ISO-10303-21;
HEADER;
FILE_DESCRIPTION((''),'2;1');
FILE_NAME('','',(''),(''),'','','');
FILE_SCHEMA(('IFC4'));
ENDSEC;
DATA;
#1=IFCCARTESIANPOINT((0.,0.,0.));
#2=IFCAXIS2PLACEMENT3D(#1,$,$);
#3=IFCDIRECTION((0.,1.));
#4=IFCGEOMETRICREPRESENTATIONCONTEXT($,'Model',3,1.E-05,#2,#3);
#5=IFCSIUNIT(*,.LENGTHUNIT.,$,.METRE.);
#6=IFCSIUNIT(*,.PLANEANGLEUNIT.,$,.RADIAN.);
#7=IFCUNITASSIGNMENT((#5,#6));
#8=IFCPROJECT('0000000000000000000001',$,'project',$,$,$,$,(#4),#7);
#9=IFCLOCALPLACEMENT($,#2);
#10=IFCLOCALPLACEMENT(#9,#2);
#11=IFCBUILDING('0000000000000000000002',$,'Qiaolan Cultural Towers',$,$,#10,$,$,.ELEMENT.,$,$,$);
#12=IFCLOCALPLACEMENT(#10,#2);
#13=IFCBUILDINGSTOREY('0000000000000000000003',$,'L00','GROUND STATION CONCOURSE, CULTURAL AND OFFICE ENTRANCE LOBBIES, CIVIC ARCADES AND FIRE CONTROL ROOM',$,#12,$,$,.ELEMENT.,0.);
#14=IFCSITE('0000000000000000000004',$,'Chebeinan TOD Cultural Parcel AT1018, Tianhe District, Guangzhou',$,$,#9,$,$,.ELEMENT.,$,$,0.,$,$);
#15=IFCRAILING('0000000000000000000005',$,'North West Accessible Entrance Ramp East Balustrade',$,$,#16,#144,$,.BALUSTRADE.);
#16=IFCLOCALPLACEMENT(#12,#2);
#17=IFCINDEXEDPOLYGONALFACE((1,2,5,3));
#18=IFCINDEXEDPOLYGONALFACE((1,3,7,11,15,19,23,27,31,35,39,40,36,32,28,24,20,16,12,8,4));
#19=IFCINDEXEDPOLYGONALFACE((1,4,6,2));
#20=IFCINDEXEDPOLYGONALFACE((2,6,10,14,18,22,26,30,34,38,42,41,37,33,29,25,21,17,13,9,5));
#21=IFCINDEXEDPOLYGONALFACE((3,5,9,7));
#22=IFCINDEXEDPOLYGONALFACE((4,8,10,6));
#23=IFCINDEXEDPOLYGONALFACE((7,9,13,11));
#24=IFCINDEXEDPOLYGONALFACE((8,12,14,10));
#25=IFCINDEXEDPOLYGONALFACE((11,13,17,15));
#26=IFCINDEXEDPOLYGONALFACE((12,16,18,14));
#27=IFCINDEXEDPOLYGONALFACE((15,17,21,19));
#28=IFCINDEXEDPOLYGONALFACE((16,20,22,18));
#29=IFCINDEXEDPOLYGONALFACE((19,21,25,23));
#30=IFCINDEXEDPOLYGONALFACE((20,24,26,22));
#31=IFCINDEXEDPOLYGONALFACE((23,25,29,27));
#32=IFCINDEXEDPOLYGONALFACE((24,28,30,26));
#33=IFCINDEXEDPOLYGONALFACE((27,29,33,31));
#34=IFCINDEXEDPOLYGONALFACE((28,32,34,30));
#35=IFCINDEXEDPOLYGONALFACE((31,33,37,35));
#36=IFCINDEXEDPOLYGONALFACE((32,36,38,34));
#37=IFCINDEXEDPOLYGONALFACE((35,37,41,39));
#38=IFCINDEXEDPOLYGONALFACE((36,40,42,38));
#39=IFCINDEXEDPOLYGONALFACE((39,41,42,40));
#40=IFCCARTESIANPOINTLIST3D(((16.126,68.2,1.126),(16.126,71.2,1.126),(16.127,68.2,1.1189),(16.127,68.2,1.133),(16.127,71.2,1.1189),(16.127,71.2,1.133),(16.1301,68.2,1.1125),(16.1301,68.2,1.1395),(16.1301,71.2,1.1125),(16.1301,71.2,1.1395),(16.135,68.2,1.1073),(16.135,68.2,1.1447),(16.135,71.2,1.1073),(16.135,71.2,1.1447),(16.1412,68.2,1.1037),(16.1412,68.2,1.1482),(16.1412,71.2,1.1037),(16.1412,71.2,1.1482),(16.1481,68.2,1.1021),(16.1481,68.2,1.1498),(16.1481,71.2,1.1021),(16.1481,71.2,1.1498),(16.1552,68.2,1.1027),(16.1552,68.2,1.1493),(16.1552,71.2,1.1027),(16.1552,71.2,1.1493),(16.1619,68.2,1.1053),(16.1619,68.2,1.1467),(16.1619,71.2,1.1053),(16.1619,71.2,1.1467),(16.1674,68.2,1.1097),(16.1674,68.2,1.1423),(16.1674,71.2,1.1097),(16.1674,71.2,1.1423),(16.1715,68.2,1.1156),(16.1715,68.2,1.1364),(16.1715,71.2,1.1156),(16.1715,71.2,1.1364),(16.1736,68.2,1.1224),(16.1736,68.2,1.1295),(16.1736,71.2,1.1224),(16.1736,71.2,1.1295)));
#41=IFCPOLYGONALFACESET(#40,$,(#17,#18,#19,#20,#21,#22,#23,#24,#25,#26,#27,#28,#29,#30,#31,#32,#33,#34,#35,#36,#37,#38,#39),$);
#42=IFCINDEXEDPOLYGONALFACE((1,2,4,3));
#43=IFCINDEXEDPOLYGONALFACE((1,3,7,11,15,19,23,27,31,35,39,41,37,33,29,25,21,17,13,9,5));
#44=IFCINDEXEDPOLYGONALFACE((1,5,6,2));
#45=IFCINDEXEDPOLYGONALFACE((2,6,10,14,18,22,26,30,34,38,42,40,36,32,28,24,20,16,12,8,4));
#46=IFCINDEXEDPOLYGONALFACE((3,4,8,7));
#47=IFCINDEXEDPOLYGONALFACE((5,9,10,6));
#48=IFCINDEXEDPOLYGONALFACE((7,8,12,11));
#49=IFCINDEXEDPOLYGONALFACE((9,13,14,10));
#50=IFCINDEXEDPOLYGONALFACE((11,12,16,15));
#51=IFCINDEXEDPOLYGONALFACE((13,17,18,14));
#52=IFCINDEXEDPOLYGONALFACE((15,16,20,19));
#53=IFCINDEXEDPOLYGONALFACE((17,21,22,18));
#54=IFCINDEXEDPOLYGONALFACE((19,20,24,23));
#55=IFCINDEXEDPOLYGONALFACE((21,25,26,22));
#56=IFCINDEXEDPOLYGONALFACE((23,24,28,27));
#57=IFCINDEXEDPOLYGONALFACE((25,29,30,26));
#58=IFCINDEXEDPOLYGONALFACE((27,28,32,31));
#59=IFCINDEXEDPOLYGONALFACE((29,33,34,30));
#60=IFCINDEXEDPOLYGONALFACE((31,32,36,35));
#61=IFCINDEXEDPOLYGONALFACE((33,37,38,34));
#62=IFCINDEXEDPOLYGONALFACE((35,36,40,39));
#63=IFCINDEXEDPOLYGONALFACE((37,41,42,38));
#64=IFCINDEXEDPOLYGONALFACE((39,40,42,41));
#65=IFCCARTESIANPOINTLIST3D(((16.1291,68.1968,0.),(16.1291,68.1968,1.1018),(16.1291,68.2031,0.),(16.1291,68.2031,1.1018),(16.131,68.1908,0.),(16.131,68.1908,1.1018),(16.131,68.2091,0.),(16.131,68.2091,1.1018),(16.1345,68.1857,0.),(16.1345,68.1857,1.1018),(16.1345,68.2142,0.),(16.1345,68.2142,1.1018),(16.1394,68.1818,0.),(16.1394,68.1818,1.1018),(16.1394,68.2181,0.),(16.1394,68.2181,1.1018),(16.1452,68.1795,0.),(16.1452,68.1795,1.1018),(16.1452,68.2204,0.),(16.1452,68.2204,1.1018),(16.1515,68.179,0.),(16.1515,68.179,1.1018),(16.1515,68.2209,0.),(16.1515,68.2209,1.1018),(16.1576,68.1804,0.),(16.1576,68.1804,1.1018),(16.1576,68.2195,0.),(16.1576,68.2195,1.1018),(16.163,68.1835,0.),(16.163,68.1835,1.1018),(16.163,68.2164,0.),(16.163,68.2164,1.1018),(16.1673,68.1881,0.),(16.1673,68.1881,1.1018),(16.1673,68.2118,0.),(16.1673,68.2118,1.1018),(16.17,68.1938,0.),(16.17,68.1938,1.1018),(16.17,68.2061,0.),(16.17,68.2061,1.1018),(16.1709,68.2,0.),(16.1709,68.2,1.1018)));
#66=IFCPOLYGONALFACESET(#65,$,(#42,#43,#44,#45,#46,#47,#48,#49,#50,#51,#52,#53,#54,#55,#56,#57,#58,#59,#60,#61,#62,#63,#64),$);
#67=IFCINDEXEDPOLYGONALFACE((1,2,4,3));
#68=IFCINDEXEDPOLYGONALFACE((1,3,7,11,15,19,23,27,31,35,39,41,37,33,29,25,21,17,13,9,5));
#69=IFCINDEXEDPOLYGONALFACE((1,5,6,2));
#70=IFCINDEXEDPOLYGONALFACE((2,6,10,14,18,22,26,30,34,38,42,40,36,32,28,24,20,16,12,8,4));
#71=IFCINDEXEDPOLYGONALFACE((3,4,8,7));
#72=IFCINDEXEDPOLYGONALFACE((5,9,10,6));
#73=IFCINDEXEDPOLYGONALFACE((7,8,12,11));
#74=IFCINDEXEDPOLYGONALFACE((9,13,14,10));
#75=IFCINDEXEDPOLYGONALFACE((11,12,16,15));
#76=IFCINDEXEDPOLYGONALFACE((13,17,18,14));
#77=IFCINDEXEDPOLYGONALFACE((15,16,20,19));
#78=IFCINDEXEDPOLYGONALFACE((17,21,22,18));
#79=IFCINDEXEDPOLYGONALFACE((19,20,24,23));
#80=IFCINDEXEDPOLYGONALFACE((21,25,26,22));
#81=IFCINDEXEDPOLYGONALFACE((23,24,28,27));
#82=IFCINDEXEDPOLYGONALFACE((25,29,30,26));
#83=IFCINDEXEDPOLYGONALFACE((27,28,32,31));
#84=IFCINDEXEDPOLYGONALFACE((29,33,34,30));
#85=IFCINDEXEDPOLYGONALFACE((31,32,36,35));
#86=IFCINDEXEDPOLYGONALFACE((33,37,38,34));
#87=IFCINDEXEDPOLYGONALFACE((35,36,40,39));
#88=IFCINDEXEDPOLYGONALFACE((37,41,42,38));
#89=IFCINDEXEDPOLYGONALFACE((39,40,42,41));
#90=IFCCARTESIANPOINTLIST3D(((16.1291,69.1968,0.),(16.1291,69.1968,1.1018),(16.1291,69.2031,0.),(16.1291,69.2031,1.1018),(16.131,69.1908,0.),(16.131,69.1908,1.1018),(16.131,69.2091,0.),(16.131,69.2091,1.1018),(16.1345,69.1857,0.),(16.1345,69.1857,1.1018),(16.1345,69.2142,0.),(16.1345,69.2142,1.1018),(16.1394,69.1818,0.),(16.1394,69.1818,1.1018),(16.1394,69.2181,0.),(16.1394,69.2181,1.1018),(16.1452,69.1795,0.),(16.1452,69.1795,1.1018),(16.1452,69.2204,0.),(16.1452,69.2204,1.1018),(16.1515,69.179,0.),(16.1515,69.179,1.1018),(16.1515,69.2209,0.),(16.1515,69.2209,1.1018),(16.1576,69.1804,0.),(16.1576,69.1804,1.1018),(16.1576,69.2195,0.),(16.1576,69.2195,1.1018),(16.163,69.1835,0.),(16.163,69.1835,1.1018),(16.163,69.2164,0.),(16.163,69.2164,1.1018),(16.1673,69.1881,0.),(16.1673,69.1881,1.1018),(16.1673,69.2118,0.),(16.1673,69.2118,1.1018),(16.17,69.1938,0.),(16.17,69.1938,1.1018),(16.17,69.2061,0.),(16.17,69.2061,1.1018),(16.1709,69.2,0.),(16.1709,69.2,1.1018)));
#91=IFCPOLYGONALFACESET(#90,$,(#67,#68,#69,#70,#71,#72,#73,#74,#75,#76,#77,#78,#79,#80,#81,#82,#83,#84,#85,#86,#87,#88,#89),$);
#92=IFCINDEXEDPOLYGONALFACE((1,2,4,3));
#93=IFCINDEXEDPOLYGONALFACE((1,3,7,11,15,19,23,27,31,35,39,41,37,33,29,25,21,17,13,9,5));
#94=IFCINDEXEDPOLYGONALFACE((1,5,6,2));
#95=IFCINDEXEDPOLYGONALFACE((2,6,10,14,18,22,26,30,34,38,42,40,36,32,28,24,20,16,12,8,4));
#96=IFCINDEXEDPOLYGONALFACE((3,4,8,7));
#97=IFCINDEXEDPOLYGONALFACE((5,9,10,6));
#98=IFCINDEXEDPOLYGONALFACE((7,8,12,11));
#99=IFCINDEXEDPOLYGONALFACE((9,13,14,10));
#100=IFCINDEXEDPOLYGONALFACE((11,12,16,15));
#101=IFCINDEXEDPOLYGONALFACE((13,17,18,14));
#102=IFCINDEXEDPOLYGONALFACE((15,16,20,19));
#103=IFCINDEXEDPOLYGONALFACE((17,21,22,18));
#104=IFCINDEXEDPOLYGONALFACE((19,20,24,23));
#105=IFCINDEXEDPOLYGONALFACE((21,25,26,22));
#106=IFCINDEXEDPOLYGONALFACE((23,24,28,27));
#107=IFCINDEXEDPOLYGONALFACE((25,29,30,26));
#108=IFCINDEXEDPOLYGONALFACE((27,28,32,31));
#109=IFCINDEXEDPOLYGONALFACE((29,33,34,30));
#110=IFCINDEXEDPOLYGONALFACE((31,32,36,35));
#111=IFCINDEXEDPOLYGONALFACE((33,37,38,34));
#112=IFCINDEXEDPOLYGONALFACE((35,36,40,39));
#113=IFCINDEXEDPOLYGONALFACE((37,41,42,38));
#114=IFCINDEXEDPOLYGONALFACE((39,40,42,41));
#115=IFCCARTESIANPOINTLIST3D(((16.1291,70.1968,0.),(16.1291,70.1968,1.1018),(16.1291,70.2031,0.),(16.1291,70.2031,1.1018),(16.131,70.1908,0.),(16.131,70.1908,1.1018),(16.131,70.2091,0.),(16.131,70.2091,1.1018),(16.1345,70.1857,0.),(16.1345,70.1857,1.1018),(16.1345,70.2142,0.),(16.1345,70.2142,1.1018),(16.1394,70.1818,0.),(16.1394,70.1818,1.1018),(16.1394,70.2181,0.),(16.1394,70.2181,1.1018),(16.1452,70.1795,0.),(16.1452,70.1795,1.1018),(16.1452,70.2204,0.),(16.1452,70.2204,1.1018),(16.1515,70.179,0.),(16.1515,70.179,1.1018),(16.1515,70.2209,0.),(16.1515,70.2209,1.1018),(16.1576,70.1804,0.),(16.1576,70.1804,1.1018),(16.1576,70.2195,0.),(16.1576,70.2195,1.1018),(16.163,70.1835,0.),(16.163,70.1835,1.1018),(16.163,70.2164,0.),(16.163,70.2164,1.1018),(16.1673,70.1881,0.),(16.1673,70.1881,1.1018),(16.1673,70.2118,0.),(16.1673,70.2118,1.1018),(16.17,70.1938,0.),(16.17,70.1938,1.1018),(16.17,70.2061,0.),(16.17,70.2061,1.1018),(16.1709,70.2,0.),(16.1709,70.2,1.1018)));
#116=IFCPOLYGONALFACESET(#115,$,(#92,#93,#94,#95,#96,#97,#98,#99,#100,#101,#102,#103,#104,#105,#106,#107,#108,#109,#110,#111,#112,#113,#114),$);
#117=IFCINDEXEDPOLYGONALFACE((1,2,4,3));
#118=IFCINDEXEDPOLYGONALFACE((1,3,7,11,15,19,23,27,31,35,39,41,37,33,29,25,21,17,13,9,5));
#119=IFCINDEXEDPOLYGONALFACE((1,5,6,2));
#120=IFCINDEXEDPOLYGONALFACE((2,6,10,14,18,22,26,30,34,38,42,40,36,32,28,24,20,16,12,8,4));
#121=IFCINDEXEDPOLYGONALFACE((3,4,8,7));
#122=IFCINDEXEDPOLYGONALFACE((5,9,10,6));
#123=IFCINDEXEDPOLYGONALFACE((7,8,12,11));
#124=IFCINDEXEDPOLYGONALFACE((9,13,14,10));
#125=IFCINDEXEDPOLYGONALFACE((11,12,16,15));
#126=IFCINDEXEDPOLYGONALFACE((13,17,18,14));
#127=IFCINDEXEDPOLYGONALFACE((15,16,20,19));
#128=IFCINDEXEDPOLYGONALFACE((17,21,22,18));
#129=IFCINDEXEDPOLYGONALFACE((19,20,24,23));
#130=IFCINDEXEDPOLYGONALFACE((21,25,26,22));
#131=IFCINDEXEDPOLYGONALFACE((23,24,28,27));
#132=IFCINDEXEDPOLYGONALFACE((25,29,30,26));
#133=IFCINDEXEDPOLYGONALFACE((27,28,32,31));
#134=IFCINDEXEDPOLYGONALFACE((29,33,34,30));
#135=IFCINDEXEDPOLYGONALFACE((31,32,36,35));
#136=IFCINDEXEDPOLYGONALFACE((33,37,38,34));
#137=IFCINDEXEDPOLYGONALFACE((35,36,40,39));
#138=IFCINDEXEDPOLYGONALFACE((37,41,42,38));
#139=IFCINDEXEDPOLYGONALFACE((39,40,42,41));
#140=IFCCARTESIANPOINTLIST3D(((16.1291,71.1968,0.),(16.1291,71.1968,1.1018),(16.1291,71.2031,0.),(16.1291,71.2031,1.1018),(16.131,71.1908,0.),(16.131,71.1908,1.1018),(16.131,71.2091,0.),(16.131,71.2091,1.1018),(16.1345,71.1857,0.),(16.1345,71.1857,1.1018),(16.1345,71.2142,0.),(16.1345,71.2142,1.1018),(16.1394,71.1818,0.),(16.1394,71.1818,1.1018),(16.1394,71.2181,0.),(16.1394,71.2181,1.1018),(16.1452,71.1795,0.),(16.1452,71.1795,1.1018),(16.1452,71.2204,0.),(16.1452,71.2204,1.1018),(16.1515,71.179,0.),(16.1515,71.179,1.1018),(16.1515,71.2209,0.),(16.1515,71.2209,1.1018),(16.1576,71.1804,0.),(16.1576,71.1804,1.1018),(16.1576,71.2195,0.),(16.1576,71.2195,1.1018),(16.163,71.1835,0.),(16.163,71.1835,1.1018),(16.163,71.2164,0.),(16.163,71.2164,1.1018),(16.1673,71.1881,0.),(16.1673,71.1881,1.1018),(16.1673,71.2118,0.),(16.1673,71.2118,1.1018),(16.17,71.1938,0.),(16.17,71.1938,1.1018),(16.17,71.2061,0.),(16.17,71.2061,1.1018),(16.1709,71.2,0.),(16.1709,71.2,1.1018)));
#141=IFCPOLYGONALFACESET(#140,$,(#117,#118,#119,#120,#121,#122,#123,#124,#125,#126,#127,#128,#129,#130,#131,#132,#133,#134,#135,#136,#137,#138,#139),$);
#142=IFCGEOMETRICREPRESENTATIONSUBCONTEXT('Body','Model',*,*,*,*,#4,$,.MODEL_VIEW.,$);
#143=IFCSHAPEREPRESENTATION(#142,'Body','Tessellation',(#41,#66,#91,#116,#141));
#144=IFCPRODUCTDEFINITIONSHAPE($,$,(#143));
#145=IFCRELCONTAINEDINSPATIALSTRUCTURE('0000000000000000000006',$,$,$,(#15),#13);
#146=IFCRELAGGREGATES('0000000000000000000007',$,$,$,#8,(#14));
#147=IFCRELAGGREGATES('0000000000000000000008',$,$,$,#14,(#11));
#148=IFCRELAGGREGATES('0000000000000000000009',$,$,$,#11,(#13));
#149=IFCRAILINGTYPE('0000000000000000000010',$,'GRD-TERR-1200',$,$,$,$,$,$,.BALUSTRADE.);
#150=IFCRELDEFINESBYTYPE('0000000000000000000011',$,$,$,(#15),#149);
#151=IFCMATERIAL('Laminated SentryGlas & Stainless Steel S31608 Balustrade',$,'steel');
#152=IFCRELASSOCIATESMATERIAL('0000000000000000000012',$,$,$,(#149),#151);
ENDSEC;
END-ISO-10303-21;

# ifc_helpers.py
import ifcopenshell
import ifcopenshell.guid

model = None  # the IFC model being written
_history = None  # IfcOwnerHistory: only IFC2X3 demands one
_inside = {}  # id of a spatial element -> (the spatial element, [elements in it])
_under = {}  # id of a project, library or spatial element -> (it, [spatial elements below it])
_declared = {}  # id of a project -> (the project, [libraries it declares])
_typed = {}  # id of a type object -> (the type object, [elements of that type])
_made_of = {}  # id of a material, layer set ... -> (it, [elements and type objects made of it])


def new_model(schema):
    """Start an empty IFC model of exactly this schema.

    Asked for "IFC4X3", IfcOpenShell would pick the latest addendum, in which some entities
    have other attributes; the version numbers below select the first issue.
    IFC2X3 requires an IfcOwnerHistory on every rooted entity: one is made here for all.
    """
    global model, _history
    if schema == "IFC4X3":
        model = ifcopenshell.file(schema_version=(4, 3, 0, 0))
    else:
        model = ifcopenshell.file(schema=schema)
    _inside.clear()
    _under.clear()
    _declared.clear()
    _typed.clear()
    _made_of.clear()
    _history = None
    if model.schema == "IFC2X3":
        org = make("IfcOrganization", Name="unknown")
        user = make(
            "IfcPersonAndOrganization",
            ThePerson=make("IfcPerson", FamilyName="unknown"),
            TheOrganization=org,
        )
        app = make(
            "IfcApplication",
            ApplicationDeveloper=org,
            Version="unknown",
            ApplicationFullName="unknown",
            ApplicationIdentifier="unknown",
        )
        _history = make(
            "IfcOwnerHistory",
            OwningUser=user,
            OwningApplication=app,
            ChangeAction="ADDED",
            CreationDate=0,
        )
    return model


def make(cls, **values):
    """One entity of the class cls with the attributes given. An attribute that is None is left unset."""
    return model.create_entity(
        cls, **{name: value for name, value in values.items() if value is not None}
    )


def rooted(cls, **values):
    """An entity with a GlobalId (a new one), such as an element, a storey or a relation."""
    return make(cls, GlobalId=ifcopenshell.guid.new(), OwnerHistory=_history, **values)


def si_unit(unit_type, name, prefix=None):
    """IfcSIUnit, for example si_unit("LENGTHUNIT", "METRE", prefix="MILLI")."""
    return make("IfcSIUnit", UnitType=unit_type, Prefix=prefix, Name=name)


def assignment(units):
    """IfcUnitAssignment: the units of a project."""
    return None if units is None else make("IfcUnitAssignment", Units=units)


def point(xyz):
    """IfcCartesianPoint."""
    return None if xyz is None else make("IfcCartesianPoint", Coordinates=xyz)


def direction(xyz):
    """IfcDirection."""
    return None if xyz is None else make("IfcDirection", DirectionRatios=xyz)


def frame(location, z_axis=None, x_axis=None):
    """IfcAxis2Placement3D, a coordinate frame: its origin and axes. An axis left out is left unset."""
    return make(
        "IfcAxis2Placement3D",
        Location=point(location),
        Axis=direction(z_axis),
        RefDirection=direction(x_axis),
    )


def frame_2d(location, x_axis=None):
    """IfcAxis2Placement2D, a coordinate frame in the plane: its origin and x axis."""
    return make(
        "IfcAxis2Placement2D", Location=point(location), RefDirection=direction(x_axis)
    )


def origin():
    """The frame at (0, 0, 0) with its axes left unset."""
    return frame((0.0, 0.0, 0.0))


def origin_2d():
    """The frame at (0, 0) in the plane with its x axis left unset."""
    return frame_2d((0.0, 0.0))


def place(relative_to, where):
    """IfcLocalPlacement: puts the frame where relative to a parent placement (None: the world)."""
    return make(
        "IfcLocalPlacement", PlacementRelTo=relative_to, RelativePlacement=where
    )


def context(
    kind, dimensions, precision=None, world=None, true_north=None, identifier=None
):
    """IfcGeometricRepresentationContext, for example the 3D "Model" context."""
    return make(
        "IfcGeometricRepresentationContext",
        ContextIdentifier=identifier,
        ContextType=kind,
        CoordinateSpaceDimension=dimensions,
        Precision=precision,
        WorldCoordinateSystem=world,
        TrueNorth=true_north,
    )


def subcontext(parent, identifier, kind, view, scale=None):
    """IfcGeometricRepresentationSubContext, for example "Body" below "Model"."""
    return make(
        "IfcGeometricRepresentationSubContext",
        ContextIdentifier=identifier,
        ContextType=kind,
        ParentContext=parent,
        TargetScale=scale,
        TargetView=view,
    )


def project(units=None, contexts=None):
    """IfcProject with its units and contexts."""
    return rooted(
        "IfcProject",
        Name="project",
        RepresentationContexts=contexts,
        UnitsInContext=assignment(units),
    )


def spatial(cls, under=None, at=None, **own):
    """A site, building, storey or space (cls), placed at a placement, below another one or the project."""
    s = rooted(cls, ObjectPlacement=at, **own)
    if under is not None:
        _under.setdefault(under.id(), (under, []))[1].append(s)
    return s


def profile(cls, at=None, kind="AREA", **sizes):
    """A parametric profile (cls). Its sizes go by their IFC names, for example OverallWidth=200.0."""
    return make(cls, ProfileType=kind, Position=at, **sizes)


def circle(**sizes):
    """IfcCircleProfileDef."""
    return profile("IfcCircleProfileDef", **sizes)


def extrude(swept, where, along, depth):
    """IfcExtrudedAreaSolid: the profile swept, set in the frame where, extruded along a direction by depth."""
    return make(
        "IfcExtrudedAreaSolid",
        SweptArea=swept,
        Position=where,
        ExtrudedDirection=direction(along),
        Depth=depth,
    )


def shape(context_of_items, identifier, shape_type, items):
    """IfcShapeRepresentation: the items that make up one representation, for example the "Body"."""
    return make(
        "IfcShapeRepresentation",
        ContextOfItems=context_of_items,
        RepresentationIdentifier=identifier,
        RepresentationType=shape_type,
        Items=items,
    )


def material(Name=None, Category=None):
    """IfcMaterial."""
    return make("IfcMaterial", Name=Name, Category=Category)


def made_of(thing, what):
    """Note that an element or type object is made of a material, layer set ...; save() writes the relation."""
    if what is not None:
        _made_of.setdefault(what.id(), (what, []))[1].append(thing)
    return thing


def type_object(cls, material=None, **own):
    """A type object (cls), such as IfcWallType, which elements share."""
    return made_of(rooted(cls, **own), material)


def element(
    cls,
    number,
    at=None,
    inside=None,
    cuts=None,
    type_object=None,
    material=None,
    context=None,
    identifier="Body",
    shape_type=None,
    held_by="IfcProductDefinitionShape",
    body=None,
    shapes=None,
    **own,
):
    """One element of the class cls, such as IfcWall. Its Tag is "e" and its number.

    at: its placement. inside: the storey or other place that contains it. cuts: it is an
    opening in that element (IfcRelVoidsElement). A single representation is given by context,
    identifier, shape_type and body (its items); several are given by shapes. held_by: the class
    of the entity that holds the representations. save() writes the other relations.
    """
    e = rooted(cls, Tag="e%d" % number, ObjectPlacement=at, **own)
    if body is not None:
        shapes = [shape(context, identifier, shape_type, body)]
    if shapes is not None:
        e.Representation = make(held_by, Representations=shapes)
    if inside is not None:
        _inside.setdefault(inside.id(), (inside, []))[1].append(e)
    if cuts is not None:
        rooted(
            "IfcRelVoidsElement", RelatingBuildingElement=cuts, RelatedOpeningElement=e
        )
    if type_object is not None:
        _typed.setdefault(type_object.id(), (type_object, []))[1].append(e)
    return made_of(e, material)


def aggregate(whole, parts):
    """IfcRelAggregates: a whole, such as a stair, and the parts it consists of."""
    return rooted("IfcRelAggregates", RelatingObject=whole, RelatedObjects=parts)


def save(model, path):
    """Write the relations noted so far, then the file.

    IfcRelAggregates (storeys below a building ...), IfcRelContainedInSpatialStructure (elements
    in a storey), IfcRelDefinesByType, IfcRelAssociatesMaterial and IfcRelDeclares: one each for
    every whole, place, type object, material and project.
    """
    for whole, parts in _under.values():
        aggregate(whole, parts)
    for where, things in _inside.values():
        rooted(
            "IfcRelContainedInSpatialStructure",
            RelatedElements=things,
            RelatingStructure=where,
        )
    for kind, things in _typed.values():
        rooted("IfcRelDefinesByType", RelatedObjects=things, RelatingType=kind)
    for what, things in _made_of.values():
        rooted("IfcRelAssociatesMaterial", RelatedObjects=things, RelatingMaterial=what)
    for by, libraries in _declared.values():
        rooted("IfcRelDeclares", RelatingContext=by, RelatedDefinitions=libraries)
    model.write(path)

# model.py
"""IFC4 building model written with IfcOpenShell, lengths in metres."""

from ifc_helpers import new_model, si_unit, direction, frame, origin, origin_2d, place, context, subcontext, project, spatial, circle, extrude, material, type_object, element, save


model = new_model("IFC4")

# Units and contexts
model_context = context("Model", 3, precision=1e-05, world=origin(), true_north=direction((0.0, 1.0)))
body_context = subcontext(model_context, "Body", "Model", "MODEL_VIEW")
ifc_project = project(units=[si_unit("LENGTHUNIT", "METRE"), si_unit("PLANEANGLEUNIT", "RADIAN")], contexts=[model_context])

# Site, building, storey
site_placement = place(None, origin())
site = spatial("IfcSite", under=ifc_project, at=site_placement, Name="Chebeinan TOD Cultural Parcel AT1018, Tianhe District, Guangzhou", CompositionType="ELEMENT", RefElevation=0.0)
building_placement = place(site_placement, origin())
building = spatial("IfcBuilding", under=site, at=building_placement, Name="Qiaolan Cultural Towers", CompositionType="ELEMENT")
storey_placement = place(building_placement, origin())
storey = spatial("IfcBuildingStorey", under=building, at=storey_placement, Name="L00", Description="GROUND STATION CONCOURSE, CULTURAL AND OFFICE ENTRANCE LOBBIES, CIVIC ARCADES AND FIRE CONTROL ROOM", CompositionType="ELEMENT", Elevation=0.0)

# Railing
ifc_material_1 = material(Name="Laminated SentryGlas & Stainless Steel S31608 Balustrade", Category="steel")
railing_type_1 = type_object("IfcRailingType", Name="GRD-TERR-1200", PredefinedType="BALUSTRADE", material=ifc_material_1)
for number, where, name in (
    (1, (16.1499, 68.2, 0.0), "North West Accessible Entrance Ramp East Balustrade"),
):
    element("IfcRailing", number, at=place(storey_placement, frame(where)), inside=storey, type_object=railing_type_1, Name=name, PredefinedType="BALUSTRADE", context=body_context, shape_type="SweptSolid", body=[
        extrude(circle(Radius=0.0239, at=origin_2d()), frame((0.0, 0.0, 1.126), z_axis=(0.0, 1.0, 0.0), x_axis=(-1.0, 0.0, 0.0)), (0.0, 0.0, 1.0), 3.0),
        extrude(circle(Radius=0.021, at=origin_2d()), origin(), (0.0, 0.0, 1.0), 1.1018),
        extrude(circle(Radius=0.021, at=origin_2d()), frame((0.0, 1.0, 0.0)), (0.0, 0.0, 1.0), 1.1018),
        extrude(circle(Radius=0.021, at=origin_2d()), frame((0.0, 2.0, 0.0)), (0.0, 0.0, 1.0), 1.1018),
        extrude(circle(Radius=0.021, at=origin_2d()), frame((0.0, 3.0, 0.0)), (0.0, 0.0, 1.0), 1.1018),
    ])

save(model, "model.ifc")
